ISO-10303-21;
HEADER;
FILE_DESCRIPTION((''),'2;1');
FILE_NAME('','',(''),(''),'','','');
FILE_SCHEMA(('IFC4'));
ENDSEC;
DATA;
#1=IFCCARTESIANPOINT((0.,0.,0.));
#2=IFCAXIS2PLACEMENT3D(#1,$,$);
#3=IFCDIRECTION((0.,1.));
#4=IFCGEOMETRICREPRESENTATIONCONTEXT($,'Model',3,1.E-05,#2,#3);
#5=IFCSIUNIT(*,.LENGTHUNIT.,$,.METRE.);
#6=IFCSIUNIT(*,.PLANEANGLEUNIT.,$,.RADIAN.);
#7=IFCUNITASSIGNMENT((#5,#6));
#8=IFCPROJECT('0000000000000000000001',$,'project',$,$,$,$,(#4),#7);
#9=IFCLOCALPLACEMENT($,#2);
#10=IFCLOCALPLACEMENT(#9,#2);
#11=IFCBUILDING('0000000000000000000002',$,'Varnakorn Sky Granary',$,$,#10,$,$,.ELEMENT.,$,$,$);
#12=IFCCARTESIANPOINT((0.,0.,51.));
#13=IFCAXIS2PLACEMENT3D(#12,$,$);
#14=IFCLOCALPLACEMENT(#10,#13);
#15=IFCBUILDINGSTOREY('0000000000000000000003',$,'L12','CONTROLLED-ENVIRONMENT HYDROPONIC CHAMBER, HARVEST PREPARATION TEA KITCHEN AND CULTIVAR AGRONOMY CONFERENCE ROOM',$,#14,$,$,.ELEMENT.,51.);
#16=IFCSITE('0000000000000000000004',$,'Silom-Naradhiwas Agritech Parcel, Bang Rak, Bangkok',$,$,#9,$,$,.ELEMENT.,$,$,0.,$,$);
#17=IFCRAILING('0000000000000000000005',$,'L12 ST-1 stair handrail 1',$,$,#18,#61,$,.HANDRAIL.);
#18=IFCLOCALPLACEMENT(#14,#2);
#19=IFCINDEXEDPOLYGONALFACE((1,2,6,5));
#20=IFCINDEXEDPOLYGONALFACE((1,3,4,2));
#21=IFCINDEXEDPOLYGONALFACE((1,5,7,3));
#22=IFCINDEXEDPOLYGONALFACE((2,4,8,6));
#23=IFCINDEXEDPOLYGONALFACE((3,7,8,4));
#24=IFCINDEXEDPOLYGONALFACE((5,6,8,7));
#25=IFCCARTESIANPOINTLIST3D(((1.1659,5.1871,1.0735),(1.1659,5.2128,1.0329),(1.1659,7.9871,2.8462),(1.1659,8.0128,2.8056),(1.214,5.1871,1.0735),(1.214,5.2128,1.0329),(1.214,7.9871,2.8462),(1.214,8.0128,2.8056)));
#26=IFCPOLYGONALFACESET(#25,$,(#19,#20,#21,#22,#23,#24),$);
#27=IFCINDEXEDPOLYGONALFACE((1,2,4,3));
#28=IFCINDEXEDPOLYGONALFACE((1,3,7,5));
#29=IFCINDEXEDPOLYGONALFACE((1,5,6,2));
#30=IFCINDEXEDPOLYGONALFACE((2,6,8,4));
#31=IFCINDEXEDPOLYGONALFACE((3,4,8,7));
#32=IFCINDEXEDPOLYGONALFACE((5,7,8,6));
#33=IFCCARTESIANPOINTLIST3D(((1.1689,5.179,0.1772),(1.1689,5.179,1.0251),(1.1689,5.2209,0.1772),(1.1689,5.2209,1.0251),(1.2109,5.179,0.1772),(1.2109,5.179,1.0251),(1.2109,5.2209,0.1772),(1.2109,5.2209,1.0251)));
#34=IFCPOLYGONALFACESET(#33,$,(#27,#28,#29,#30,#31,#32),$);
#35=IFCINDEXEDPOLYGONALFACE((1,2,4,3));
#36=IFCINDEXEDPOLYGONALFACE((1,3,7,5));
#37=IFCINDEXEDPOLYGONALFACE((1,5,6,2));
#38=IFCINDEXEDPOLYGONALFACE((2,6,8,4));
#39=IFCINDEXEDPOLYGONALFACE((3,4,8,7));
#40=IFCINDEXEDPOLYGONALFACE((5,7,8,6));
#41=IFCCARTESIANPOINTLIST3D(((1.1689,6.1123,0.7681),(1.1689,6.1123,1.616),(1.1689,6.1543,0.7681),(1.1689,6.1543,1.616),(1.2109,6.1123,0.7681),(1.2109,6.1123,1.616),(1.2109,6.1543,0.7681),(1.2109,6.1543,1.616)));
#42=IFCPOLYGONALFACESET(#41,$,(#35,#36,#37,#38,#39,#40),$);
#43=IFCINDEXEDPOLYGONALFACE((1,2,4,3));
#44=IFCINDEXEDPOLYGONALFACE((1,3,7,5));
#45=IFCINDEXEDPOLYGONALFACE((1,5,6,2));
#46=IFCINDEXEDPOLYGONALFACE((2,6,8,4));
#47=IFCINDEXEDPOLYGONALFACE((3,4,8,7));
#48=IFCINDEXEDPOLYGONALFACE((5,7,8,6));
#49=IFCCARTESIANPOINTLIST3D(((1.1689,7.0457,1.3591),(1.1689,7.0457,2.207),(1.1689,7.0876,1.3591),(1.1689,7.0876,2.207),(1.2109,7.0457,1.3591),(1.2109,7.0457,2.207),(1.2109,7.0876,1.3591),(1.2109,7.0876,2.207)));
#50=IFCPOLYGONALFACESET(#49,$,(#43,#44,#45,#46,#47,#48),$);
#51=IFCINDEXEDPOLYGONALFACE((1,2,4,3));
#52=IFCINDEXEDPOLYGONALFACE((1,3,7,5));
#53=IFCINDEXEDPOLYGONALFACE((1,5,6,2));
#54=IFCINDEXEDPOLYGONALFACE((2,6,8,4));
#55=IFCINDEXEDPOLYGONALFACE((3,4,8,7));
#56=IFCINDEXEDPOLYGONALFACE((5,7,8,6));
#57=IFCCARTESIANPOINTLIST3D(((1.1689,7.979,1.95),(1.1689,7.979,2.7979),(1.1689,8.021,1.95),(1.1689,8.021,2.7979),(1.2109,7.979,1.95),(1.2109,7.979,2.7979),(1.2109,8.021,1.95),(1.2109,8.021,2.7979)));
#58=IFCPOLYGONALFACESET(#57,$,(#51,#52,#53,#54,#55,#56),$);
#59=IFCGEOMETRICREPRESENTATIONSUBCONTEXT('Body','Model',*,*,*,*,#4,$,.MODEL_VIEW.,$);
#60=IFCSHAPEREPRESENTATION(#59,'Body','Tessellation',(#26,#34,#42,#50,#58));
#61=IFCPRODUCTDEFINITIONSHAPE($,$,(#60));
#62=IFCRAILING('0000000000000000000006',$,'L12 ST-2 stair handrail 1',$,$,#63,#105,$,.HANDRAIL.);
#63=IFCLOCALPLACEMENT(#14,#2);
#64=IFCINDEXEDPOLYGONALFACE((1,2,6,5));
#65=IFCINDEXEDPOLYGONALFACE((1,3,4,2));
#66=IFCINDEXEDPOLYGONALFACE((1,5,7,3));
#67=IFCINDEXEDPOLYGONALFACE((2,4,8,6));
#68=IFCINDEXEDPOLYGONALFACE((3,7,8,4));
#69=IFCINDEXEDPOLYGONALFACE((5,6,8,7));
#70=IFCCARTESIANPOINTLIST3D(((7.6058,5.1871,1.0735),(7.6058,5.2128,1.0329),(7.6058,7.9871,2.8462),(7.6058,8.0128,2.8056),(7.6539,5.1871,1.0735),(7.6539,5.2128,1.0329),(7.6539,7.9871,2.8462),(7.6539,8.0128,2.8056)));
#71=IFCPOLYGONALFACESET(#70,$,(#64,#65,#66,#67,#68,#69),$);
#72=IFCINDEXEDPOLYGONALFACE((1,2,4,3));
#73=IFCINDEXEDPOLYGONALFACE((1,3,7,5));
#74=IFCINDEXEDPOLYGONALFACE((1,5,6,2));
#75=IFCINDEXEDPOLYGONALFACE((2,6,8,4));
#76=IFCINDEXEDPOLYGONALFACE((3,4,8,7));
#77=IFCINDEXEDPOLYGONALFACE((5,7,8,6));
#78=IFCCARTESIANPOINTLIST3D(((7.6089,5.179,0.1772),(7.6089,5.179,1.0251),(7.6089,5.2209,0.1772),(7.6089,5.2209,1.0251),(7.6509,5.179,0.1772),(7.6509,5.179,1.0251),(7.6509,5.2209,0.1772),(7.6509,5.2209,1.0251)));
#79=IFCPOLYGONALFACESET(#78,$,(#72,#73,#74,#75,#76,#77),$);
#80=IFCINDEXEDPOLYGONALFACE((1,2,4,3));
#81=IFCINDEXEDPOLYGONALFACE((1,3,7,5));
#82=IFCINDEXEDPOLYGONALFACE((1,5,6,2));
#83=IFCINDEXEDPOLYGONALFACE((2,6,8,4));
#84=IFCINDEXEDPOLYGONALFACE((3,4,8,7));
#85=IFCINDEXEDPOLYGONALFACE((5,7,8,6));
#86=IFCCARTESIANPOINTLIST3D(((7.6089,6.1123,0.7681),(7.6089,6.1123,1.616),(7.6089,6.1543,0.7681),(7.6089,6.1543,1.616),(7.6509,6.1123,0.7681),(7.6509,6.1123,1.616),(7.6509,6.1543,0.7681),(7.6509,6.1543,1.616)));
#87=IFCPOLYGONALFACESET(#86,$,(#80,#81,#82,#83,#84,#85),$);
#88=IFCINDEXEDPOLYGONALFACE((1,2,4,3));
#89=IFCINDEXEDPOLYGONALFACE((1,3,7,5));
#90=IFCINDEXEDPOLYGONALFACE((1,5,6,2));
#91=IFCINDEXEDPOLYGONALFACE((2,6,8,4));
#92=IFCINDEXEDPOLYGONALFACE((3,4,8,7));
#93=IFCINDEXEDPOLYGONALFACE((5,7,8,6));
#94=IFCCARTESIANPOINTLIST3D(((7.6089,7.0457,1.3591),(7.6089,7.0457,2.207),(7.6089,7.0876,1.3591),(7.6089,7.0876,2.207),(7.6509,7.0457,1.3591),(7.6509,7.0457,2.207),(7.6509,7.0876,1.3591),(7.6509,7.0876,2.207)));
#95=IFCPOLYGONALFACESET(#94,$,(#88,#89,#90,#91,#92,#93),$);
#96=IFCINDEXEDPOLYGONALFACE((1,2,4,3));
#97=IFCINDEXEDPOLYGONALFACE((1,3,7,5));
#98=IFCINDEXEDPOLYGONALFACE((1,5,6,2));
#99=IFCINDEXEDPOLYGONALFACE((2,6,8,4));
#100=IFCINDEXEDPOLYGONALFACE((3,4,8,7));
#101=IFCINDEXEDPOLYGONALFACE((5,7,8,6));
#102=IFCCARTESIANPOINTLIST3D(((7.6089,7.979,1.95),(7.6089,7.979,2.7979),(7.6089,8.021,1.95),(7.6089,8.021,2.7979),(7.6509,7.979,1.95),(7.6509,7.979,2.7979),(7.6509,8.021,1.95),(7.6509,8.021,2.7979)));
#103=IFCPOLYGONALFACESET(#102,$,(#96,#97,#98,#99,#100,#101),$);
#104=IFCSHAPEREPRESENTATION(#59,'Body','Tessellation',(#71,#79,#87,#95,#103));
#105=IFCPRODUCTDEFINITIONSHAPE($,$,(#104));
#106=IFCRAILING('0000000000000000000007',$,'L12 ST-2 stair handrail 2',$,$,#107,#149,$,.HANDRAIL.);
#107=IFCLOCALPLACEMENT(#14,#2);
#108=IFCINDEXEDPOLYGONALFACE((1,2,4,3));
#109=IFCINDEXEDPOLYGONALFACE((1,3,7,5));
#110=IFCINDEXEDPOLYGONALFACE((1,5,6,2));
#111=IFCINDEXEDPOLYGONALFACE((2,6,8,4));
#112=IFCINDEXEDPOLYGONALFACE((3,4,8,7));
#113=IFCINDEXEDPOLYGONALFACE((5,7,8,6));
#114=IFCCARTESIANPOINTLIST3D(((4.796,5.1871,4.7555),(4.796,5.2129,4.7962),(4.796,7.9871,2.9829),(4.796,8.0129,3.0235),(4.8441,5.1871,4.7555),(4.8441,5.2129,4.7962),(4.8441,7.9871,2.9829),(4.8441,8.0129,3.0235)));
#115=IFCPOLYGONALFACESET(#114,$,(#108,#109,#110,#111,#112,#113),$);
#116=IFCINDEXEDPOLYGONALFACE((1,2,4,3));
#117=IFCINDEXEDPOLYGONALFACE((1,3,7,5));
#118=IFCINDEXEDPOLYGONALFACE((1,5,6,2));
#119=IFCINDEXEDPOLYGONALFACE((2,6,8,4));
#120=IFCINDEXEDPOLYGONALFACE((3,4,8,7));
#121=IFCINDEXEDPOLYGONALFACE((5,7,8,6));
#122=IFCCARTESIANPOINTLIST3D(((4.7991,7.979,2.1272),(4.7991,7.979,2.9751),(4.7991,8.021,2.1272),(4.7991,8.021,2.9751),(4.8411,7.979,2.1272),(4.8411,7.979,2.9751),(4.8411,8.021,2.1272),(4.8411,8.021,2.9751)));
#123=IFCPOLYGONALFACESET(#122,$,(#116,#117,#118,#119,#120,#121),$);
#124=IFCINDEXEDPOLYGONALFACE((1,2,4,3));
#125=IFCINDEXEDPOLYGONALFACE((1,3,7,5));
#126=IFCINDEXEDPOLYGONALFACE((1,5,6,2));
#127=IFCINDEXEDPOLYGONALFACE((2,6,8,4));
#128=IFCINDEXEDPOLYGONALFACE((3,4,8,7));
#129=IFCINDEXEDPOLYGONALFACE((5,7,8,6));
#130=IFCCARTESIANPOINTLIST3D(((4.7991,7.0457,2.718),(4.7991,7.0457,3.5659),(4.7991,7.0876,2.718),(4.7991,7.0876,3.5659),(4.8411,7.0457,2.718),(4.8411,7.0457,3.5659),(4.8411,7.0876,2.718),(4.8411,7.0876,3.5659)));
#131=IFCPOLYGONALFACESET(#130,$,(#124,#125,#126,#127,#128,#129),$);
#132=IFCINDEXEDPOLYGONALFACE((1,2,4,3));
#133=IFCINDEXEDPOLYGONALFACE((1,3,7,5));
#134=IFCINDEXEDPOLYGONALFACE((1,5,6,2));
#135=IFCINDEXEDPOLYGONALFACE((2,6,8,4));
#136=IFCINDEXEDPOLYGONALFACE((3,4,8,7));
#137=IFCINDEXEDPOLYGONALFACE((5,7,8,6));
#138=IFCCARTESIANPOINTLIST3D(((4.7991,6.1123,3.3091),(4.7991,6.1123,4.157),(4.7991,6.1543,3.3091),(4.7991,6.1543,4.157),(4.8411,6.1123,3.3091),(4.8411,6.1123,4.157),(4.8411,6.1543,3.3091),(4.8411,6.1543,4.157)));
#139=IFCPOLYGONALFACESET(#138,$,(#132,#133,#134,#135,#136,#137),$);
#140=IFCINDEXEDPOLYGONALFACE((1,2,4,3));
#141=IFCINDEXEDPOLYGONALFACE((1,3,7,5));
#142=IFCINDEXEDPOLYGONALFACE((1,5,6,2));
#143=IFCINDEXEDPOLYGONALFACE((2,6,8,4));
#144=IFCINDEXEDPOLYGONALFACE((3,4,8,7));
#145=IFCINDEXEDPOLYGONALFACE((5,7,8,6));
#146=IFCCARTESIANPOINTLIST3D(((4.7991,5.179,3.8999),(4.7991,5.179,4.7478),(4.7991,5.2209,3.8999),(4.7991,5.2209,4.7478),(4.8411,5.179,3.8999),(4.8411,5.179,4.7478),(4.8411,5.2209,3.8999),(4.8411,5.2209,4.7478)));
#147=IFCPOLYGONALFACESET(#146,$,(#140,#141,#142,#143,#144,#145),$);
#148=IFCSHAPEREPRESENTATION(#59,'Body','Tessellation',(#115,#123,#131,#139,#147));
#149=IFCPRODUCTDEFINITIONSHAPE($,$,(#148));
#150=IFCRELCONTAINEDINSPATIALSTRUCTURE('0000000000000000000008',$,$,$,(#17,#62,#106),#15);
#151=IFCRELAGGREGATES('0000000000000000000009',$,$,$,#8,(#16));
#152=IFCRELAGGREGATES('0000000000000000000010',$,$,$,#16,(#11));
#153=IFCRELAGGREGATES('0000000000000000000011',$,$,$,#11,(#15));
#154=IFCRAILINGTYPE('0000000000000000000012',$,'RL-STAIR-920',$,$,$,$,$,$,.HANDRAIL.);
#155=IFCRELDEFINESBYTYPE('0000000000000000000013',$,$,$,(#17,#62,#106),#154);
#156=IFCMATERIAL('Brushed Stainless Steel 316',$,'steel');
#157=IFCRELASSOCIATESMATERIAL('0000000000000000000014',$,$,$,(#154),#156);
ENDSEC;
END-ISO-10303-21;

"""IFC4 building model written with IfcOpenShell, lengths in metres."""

from ifc_helpers import new_model, si_unit, direction, frame, origin, origin_2d, place, context, subcontext, project, spatial, rectangle, extrude, material, type_object, element, save


model = new_model("IFC4")

# Units and contexts
model_context = context("Model", 3, precision=1e-05, world=origin(), true_north=direction((0.0, 1.0)))
body_context = subcontext(model_context, "Body", "Model", "MODEL_VIEW")
ifc_project = project(units=[si_unit("LENGTHUNIT", "METRE"), si_unit("PLANEANGLEUNIT", "RADIAN")], contexts=[model_context])

# Site, building, storey
site_placement = place(None, origin())
site = spatial("IfcSite", under=ifc_project, at=site_placement, Name="Silom-Naradhiwas Agritech Parcel, Bang Rak, Bangkok", CompositionType="ELEMENT", RefElevation=0.0)
building_placement = place(site_placement, origin())
building = spatial("IfcBuilding", under=site, at=building_placement, Name="Varnakorn Sky Granary", CompositionType="ELEMENT")
storey_placement = place(building_placement, frame((0.0, 0.0, 51.0)))
storey = spatial("IfcBuildingStorey", under=building, at=storey_placement, Name="L12", Description="CONTROLLED-ENVIRONMENT HYDROPONIC CHAMBER, HARVEST PREPARATION TEA KITCHEN AND CULTIVAR AGRONOMY CONFERENCE ROOM", CompositionType="ELEMENT", Elevation=51.0)

# Railings
ifc_material_1 = material(Name="Brushed Stainless Steel 316", Category="steel")
railing_type_1 = type_object("IfcRailingType", Name="RL-STAIR-920", PredefinedType="HANDRAIL", material=ifc_material_1)
for number, where, name in (
    (1, (1.1899, 5.2, 0.1772), "L12 ST-1 stair handrail 1"),
    (2, (7.6299, 5.2, 0.1772), "L12 ST-2 stair handrail 1"),
):
    element("IfcRailing", number, at=place(storey_placement, frame(where)), inside=storey, type_object=railing_type_1, Name=name, PredefinedType="HANDRAIL", context=body_context, shape_type="SweptSolid", body=[
        extrude(rectangle(XDim=0.0481, YDim=0.0481, at=origin_2d()), frame((0.0, 0.0, 0.876), z_axis=(0.0, 0.844909, 0.53491), x_axis=(-1.0, 0.0, 0.0)), (0.0, 0.0, 1.0), 3.314),
        extrude(rectangle(XDim=0.042, YDim=0.042, at=origin_2d()), origin(), (0.0, 0.0, 1.0), 0.8479),
        extrude(rectangle(XDim=0.042, YDim=0.042, at=origin_2d()), frame((0.0, 0.9333, 0.5908)), (0.0, 0.0, 1.0), 0.8479),
        extrude(rectangle(XDim=0.042, YDim=0.042, at=origin_2d()), frame((0.0, 1.8667, 1.1819)), (0.0, 0.0, 1.0), 0.8479),
        extrude(rectangle(XDim=0.042, YDim=0.042, at=origin_2d()), frame((0.0, 2.8, 1.7727)), (0.0, 0.0, 1.0), 0.8479),
    ])
railing_1_placement = place(storey_placement, frame((4.8201, 8.0, 2.1272)))
element("IfcRailing", 3, at=railing_1_placement, inside=storey, type_object=railing_type_1, Name="L12 ST-2 stair handrail 2", PredefinedType="HANDRAIL", context=body_context, shape_type="SweptSolid", body=[
    extrude(rectangle(XDim=0.0481, YDim=0.0481, at=origin_2d()), frame((0.0, 0.0, 0.876), z_axis=(0.0, -0.844909, 0.53491), x_axis=(1.0, 0.0, 0.0)), (0.0, 0.0, 1.0), 3.314),
    extrude(rectangle(XDim=0.042, YDim=0.042, at=origin_2d()), origin(), (0.0, 0.0, 1.0), 0.8479),
    extrude(rectangle(XDim=0.042, YDim=0.042, at=origin_2d()), frame((0.0, -0.9333, 0.5908)), (0.0, 0.0, 1.0), 0.8479),
    extrude(rectangle(XDim=0.042, YDim=0.042, at=origin_2d()), frame((0.0, -1.8667, 1.1819)), (0.0, 0.0, 1.0), 0.8479),
    extrude(rectangle(XDim=0.042, YDim=0.042, at=origin_2d()), frame((0.0, -2.8, 1.7727)), (0.0, 0.0, 1.0), 0.8479),
])

save(model, "model.ifc")
